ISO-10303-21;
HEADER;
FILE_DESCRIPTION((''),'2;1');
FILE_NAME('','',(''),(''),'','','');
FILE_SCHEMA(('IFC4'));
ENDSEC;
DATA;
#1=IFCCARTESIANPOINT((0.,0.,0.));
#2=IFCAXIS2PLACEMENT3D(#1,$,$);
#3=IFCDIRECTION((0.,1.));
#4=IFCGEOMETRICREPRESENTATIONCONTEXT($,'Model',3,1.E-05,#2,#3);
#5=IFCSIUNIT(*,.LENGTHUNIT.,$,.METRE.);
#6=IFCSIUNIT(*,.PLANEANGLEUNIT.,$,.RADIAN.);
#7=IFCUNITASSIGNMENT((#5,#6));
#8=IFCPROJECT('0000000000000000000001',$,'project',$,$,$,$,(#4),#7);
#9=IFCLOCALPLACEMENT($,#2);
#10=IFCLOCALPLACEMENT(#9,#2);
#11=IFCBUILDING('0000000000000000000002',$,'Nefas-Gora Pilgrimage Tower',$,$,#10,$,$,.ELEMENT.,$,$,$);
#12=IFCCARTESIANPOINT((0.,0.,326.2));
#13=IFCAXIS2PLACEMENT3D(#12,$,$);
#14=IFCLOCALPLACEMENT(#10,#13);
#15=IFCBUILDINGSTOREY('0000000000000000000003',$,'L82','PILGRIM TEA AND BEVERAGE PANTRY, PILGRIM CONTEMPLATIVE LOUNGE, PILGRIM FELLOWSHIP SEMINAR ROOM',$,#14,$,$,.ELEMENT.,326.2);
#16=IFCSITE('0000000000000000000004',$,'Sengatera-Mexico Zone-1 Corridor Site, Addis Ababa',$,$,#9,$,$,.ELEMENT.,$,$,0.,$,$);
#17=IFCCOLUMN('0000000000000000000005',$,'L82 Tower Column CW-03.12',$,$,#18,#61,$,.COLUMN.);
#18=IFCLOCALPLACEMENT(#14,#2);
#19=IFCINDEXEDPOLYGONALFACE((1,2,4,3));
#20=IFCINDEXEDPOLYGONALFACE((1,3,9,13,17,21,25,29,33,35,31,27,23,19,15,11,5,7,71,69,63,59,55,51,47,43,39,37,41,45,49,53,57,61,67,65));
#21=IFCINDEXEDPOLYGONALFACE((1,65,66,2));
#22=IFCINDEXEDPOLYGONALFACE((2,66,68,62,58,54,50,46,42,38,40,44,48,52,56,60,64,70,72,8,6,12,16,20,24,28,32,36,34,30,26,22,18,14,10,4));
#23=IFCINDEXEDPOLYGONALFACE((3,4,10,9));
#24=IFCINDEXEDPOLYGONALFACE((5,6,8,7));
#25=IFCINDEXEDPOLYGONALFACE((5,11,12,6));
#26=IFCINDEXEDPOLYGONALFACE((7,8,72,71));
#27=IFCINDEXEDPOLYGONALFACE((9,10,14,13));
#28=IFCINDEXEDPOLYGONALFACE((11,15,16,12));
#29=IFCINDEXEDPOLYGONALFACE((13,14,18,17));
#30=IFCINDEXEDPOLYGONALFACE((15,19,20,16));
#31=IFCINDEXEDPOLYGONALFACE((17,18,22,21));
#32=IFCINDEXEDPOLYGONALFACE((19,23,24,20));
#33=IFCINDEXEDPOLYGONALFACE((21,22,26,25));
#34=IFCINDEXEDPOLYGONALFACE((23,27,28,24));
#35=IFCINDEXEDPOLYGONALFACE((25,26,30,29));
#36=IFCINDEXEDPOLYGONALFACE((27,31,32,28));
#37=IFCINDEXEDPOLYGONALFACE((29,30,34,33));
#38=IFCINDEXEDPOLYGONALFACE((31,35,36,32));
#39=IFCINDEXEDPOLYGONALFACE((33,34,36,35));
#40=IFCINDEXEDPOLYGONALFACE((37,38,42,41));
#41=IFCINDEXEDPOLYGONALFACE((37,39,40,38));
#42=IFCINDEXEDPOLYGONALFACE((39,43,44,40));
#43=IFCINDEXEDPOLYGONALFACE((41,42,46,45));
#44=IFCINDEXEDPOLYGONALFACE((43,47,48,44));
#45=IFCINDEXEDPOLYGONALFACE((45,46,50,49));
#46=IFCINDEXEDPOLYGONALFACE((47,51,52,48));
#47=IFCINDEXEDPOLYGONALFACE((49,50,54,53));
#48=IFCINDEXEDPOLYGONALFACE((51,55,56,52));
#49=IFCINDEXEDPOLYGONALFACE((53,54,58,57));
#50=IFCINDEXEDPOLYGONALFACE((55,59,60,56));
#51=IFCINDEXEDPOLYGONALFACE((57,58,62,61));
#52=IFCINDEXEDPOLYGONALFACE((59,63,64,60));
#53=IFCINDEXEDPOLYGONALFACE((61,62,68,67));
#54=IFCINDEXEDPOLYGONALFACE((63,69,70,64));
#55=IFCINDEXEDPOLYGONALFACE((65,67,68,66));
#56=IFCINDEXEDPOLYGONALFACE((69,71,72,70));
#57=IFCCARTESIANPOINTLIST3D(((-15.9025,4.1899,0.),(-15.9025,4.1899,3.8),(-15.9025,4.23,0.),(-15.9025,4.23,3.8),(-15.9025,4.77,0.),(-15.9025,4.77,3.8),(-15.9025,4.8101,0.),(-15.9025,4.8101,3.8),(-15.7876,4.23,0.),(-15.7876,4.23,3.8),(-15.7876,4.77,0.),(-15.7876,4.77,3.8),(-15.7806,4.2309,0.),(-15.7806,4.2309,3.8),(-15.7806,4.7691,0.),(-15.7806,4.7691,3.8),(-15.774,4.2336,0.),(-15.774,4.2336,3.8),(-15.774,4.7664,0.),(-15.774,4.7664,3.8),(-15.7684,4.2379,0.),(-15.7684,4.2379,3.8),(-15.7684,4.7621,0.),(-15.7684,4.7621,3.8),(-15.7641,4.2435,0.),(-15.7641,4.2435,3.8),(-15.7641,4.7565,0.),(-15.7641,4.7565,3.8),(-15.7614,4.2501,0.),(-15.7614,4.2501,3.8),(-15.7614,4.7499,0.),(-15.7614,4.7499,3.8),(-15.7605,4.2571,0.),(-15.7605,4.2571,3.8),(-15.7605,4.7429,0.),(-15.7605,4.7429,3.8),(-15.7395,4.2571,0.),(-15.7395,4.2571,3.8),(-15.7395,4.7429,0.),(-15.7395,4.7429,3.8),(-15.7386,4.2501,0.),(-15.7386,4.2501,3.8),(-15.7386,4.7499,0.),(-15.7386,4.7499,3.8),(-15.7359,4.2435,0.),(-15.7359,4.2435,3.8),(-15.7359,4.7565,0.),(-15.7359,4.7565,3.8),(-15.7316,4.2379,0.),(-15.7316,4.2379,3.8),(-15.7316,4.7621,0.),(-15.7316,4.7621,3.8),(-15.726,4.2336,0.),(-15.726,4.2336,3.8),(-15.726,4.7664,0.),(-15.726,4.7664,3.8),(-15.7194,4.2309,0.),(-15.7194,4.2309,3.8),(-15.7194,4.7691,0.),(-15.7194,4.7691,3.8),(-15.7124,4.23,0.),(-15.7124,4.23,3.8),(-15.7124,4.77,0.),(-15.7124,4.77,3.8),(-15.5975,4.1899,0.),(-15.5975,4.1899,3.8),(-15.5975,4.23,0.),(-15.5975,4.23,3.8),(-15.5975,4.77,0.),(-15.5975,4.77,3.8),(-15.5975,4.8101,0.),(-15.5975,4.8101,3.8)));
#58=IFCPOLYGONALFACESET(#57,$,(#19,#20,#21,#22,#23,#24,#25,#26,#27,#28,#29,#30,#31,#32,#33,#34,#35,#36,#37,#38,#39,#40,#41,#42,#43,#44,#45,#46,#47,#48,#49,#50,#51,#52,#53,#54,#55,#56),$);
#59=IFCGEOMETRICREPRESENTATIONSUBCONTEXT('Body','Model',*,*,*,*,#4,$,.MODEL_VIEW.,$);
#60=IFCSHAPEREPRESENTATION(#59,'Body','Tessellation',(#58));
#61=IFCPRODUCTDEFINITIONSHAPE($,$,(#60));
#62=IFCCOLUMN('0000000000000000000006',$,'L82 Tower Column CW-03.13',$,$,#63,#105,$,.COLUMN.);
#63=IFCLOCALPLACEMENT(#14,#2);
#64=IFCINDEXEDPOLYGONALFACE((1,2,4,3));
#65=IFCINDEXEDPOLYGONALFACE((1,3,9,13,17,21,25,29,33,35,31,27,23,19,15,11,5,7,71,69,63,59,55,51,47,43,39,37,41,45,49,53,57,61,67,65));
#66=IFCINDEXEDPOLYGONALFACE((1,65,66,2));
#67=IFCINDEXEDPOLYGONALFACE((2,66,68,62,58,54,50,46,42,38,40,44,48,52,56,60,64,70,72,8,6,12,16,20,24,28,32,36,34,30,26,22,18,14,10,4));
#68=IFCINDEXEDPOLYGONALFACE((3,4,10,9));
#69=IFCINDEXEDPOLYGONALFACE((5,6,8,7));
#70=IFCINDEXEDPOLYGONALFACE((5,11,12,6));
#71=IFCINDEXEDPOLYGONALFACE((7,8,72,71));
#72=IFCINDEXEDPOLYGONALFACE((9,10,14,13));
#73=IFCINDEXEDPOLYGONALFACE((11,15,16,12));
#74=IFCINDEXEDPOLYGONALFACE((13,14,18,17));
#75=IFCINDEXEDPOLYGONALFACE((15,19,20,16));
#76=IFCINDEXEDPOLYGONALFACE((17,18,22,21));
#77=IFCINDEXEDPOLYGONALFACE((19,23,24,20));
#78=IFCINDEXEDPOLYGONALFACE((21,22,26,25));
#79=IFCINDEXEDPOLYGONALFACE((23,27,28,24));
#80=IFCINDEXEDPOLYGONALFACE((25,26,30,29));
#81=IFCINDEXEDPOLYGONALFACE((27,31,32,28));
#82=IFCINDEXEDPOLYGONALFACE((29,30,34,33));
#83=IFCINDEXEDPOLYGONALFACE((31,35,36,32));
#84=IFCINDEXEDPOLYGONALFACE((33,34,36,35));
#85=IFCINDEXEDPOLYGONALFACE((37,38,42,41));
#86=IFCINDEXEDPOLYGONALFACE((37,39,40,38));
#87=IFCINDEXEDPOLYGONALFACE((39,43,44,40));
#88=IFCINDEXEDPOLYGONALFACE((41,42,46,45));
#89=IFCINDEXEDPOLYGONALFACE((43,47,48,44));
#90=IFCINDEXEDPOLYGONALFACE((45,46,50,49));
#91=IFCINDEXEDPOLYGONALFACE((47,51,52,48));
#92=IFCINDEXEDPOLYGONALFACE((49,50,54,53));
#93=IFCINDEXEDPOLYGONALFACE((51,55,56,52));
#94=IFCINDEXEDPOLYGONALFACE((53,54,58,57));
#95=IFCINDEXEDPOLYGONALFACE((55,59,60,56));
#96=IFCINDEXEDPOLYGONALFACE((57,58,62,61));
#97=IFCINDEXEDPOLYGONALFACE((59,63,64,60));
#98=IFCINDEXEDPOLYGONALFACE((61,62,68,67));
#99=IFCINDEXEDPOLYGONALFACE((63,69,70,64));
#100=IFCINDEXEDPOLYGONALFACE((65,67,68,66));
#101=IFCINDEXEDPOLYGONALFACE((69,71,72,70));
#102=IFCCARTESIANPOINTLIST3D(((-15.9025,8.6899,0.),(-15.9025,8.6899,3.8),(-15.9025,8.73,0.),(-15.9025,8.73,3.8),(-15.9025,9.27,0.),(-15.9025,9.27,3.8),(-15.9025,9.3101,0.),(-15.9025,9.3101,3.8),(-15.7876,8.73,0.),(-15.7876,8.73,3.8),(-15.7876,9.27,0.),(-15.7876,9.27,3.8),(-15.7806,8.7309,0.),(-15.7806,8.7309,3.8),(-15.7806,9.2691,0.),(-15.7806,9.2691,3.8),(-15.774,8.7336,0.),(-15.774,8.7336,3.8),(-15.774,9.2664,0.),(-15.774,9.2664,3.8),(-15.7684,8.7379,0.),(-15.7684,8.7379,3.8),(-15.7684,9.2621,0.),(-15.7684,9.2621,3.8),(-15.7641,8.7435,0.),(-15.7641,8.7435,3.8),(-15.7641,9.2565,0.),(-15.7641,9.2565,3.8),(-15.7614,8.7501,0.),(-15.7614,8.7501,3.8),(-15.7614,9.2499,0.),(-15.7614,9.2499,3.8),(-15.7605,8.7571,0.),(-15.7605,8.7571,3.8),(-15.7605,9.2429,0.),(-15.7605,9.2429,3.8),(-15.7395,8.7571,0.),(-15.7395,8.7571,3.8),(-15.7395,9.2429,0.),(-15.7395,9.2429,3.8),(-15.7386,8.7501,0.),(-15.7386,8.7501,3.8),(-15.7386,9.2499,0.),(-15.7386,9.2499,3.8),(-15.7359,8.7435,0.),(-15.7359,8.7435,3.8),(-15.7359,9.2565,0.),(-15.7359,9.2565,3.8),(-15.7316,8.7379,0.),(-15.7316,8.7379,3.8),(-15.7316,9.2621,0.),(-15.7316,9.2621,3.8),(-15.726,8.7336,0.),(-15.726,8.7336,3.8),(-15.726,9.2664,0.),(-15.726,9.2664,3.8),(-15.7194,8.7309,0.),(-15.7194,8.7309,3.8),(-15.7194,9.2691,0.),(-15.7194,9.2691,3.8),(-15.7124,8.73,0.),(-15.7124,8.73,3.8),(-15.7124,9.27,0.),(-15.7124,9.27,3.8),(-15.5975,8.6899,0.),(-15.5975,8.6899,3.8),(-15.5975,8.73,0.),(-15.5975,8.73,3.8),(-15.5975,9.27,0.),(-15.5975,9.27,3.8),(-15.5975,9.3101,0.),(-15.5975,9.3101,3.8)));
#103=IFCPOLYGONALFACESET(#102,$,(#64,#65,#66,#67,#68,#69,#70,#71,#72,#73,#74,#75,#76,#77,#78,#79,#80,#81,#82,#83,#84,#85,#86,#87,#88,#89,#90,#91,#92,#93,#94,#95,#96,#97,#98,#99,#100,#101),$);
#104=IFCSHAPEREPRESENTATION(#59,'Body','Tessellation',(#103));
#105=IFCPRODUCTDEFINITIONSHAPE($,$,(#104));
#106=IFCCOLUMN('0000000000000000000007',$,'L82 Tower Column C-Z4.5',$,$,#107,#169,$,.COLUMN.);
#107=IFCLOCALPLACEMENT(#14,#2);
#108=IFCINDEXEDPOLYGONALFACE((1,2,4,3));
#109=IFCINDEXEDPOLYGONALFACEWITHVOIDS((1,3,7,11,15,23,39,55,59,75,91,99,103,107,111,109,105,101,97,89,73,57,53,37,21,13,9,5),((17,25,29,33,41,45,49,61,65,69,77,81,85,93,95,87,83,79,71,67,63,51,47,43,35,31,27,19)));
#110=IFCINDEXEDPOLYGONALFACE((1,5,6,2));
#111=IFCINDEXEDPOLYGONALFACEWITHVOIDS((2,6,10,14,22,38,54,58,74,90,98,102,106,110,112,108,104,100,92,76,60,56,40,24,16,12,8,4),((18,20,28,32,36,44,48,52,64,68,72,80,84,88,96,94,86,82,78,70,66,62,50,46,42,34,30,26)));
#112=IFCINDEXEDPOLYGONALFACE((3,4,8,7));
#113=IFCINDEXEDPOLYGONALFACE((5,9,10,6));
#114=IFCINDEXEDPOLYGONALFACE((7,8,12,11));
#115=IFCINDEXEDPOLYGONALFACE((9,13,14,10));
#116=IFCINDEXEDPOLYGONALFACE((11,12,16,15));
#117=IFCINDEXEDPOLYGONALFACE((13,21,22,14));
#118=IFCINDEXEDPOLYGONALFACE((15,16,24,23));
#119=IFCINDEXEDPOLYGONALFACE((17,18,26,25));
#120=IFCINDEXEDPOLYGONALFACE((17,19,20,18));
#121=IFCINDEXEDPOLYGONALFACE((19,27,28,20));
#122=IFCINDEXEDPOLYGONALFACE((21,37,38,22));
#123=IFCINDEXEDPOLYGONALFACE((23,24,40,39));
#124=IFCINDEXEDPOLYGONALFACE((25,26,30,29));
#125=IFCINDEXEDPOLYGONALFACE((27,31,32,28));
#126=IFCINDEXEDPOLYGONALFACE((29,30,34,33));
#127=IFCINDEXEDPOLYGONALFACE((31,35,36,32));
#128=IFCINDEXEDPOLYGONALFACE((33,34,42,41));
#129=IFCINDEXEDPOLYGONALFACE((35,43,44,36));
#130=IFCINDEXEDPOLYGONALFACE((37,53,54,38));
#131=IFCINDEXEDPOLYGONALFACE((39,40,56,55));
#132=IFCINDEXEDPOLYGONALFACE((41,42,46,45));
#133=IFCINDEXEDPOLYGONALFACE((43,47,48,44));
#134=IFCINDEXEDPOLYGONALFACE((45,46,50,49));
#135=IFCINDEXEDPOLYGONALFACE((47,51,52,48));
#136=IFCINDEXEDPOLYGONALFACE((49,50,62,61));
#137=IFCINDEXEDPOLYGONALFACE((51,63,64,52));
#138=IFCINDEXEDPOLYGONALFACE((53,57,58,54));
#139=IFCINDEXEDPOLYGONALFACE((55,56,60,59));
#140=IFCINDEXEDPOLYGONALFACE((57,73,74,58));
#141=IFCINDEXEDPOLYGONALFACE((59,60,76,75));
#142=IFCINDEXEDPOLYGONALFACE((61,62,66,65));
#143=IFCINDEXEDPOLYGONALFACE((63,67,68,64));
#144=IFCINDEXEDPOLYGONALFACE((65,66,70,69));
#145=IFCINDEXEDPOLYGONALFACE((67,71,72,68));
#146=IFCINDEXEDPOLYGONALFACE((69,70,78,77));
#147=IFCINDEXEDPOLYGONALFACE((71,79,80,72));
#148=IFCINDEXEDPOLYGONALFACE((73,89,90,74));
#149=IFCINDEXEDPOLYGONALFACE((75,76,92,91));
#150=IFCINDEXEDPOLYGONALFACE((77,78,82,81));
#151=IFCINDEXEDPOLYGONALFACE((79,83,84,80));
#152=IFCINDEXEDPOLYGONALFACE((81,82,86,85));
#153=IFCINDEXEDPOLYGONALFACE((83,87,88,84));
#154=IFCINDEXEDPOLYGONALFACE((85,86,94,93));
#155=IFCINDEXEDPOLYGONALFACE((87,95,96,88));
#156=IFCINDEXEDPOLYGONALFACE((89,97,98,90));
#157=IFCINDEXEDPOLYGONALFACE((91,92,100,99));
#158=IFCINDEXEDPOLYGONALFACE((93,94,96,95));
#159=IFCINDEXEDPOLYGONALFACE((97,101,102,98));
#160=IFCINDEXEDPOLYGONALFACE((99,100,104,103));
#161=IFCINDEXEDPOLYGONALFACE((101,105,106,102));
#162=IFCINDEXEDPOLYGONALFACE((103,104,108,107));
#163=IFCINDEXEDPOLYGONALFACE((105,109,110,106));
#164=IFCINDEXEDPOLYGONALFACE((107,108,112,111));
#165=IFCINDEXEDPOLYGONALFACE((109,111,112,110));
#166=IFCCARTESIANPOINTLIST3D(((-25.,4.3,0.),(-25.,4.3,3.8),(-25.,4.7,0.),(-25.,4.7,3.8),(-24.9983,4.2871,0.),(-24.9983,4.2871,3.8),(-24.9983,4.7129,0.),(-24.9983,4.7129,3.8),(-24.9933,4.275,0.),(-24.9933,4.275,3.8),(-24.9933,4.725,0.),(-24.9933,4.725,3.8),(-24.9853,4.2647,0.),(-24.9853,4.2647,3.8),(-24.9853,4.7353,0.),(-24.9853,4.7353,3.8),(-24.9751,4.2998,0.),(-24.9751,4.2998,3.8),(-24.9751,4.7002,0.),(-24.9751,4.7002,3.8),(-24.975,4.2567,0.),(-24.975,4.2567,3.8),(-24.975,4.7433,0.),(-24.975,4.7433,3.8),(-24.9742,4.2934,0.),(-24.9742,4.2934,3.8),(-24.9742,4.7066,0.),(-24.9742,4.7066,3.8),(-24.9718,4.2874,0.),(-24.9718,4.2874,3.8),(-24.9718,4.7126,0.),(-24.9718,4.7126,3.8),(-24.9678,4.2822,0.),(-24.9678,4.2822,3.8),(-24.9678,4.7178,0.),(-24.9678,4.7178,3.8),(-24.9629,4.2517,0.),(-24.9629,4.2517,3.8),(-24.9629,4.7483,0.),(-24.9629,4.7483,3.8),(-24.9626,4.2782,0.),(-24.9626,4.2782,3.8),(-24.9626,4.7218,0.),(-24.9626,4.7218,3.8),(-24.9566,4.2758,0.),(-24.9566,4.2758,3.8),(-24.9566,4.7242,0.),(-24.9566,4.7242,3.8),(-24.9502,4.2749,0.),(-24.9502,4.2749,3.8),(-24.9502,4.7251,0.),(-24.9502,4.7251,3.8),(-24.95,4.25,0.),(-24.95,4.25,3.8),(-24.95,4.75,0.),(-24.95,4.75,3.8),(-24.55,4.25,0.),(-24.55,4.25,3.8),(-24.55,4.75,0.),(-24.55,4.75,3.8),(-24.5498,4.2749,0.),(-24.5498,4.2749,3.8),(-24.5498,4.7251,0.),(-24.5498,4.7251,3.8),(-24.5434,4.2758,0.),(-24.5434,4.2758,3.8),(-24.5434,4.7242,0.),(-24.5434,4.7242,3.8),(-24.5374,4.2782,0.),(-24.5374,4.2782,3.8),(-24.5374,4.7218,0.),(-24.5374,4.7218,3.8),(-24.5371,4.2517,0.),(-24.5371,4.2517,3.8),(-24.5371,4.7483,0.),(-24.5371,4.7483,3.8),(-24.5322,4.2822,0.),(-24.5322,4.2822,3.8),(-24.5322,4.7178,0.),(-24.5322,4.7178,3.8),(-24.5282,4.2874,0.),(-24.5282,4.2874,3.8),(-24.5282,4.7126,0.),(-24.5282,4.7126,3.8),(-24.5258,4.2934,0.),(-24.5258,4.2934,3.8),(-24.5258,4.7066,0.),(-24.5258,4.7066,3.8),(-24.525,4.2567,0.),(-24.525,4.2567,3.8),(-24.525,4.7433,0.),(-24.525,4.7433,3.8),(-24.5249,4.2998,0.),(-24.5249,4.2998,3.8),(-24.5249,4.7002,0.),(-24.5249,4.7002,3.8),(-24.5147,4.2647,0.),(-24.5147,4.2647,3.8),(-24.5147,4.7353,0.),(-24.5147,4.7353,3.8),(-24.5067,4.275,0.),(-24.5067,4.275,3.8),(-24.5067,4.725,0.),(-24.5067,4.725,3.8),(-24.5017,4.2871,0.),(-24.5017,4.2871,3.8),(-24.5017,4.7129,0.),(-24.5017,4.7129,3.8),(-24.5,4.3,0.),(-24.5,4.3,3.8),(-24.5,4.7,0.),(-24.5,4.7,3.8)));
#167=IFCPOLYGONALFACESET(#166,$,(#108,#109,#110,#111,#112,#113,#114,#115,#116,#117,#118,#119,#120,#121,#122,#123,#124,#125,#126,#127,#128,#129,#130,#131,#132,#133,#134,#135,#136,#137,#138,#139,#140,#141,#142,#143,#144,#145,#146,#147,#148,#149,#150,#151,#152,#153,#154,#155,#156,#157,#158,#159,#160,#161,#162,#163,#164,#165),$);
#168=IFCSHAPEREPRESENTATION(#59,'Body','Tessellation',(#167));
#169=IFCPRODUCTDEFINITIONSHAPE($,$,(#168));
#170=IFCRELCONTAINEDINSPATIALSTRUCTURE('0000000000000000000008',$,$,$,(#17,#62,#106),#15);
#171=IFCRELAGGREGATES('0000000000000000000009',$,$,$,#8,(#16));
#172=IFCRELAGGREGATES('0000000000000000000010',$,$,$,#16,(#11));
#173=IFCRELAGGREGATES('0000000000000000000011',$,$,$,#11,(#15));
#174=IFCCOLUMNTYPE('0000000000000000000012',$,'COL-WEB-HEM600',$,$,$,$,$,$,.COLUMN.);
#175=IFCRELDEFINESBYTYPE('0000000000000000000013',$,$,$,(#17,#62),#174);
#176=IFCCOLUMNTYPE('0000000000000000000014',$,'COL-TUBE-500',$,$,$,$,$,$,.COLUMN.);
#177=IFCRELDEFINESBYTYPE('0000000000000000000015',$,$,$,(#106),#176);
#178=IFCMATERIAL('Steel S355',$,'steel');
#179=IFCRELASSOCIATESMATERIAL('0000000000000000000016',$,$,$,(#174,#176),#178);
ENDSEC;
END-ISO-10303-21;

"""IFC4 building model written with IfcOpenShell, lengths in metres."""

from ifc_helpers import new_model, si_unit, direction, frame, origin, origin_2d, place, context, subcontext, project, spatial, hollow_rectangle, i_section, extrude, source, transform, mapped, material, material_profile, profile_set, type_object, element, save


model = new_model("IFC4")

# Units and contexts
model_context = context("Model", 3, precision=1e-05, world=origin(), true_north=direction((0.0, 1.0)))
body_context = subcontext(model_context, "Body", "Model", "MODEL_VIEW")
ifc_project = project(units=[si_unit("LENGTHUNIT", "METRE"), si_unit("PLANEANGLEUNIT", "RADIAN")], contexts=[model_context])

# Site, building, storey
site_placement = place(None, origin())
site = spatial("IfcSite", under=ifc_project, at=site_placement, Name="Sengatera-Mexico Zone-1 Corridor Site, Addis Ababa", CompositionType="ELEMENT", RefElevation=0.0)
building_placement = place(site_placement, origin())
building = spatial("IfcBuilding", under=site, at=building_placement, Name="Nefas-Gora Pilgrimage Tower", CompositionType="ELEMENT")
storey_placement = place(building_placement, frame((0.0, 0.0, 326.2)))
storey = spatial("IfcBuildingStorey", under=building, at=storey_placement, Name="L82", Description="PILGRIM TEA AND BEVERAGE PANTRY, PILGRIM CONTEMPLATIVE LOUNGE, PILGRIM FELLOWSHIP SEMINAR ROOM", CompositionType="ELEMENT", Elevation=326.2)

# Columns
ifc_material_1 = material(Name="Steel S355", Category="steel")
ifc_material_profile_1 = material_profile(ifc_material_1, i_section(OverallWidth=0.3049, OverallDepth=0.6201, WebThickness=0.021, FlangeThickness=0.04, FilletRadius=0.0271, at=origin_2d()), Name="HEM 600")
ifc_profile_set_1 = profile_set([ifc_material_profile_1], Name="Steel S355")
column_type_1 = type_object("IfcColumnType", Name="COL-WEB-HEM600", PredefinedType="COLUMN", material=ifc_profile_set_1)
shared_shape_1 = source(origin(), body_context, "Body", "SweptSolid", [
    extrude(i_section(OverallWidth=0.3049, OverallDepth=0.6201, WebThickness=0.021, FlangeThickness=0.04, FilletRadius=0.0271, at=origin_2d()), origin(), (0.0, 0.0, 1.0), 3.8),
])
for number, where, z_axis, x_axis, name in (
    (1, (-15.75, 4.5, 0.0), (0.0, 0.0, 1.0), (1.0, 0.0, 0.0), "L82 Tower Column CW-03.12"),
    (2, (-15.75, 9.0, 0.0), (0.0, 0.0, 1.0), (1.0, 0.0, 0.0), "L82 Tower Column CW-03.13"),
):
    element("IfcColumn", number, at=place(storey_placement, frame(where, z_axis=z_axis, x_axis=x_axis)), inside=storey, type_object=column_type_1, Name=name, PredefinedType="COLUMN", context=body_context, shape_type="MappedRepresentation", body=[
        mapped(shared_shape_1, transform((0.0, 0.0, 0.0), x_axis=(1.0, 0.0, 0.0), y_axis=(0.0, 1.0, 0.0), z_axis=(0.0, 0.0, 1.0), scale=1.0)),
    ])
ifc_material_profile_2 = material_profile(ifc_material_1, hollow_rectangle(XDim=0.5, YDim=0.5, WallThickness=0.0249, InnerFilletRadius=0.0249, OuterFilletRadius=0.05, at=origin_2d()), Name="SHS 500x500x25")
ifc_profile_set_2 = profile_set([ifc_material_profile_2], Name="Steel S355")
column_type_2 = type_object("IfcColumnType", Name="COL-TUBE-500", PredefinedType="COLUMN", material=ifc_profile_set_2)
shared_shape_2 = source(origin(), body_context, "Body", "SweptSolid", [
    extrude(hollow_rectangle(XDim=0.5, YDim=0.5, WallThickness=0.0249, InnerFilletRadius=0.0249, OuterFilletRadius=0.05, at=origin_2d()), origin(), (0.0, 0.0, 1.0), 3.8),
])
for number, where, z_axis, x_axis, name in (
    (3, (-24.75, 4.5, 0.0), (0.0, 0.0, 1.0), (1.0, 0.0, 0.0), "L82 Tower Column C-Z4.5"),
):
    element("IfcColumn", number, at=place(storey_placement, frame(where, z_axis=z_axis, x_axis=x_axis)), inside=storey, type_object=column_type_2, Name=name, PredefinedType="COLUMN", context=body_context, shape_type="MappedRepresentation", body=[
        mapped(shared_shape_2, transform((0.0, 0.0, 0.0), x_axis=(1.0, 0.0, 0.0), y_axis=(0.0, 1.0, 0.0), z_axis=(0.0, 0.0, 1.0), scale=1.0)),
    ])

save(model, "model.ifc")
